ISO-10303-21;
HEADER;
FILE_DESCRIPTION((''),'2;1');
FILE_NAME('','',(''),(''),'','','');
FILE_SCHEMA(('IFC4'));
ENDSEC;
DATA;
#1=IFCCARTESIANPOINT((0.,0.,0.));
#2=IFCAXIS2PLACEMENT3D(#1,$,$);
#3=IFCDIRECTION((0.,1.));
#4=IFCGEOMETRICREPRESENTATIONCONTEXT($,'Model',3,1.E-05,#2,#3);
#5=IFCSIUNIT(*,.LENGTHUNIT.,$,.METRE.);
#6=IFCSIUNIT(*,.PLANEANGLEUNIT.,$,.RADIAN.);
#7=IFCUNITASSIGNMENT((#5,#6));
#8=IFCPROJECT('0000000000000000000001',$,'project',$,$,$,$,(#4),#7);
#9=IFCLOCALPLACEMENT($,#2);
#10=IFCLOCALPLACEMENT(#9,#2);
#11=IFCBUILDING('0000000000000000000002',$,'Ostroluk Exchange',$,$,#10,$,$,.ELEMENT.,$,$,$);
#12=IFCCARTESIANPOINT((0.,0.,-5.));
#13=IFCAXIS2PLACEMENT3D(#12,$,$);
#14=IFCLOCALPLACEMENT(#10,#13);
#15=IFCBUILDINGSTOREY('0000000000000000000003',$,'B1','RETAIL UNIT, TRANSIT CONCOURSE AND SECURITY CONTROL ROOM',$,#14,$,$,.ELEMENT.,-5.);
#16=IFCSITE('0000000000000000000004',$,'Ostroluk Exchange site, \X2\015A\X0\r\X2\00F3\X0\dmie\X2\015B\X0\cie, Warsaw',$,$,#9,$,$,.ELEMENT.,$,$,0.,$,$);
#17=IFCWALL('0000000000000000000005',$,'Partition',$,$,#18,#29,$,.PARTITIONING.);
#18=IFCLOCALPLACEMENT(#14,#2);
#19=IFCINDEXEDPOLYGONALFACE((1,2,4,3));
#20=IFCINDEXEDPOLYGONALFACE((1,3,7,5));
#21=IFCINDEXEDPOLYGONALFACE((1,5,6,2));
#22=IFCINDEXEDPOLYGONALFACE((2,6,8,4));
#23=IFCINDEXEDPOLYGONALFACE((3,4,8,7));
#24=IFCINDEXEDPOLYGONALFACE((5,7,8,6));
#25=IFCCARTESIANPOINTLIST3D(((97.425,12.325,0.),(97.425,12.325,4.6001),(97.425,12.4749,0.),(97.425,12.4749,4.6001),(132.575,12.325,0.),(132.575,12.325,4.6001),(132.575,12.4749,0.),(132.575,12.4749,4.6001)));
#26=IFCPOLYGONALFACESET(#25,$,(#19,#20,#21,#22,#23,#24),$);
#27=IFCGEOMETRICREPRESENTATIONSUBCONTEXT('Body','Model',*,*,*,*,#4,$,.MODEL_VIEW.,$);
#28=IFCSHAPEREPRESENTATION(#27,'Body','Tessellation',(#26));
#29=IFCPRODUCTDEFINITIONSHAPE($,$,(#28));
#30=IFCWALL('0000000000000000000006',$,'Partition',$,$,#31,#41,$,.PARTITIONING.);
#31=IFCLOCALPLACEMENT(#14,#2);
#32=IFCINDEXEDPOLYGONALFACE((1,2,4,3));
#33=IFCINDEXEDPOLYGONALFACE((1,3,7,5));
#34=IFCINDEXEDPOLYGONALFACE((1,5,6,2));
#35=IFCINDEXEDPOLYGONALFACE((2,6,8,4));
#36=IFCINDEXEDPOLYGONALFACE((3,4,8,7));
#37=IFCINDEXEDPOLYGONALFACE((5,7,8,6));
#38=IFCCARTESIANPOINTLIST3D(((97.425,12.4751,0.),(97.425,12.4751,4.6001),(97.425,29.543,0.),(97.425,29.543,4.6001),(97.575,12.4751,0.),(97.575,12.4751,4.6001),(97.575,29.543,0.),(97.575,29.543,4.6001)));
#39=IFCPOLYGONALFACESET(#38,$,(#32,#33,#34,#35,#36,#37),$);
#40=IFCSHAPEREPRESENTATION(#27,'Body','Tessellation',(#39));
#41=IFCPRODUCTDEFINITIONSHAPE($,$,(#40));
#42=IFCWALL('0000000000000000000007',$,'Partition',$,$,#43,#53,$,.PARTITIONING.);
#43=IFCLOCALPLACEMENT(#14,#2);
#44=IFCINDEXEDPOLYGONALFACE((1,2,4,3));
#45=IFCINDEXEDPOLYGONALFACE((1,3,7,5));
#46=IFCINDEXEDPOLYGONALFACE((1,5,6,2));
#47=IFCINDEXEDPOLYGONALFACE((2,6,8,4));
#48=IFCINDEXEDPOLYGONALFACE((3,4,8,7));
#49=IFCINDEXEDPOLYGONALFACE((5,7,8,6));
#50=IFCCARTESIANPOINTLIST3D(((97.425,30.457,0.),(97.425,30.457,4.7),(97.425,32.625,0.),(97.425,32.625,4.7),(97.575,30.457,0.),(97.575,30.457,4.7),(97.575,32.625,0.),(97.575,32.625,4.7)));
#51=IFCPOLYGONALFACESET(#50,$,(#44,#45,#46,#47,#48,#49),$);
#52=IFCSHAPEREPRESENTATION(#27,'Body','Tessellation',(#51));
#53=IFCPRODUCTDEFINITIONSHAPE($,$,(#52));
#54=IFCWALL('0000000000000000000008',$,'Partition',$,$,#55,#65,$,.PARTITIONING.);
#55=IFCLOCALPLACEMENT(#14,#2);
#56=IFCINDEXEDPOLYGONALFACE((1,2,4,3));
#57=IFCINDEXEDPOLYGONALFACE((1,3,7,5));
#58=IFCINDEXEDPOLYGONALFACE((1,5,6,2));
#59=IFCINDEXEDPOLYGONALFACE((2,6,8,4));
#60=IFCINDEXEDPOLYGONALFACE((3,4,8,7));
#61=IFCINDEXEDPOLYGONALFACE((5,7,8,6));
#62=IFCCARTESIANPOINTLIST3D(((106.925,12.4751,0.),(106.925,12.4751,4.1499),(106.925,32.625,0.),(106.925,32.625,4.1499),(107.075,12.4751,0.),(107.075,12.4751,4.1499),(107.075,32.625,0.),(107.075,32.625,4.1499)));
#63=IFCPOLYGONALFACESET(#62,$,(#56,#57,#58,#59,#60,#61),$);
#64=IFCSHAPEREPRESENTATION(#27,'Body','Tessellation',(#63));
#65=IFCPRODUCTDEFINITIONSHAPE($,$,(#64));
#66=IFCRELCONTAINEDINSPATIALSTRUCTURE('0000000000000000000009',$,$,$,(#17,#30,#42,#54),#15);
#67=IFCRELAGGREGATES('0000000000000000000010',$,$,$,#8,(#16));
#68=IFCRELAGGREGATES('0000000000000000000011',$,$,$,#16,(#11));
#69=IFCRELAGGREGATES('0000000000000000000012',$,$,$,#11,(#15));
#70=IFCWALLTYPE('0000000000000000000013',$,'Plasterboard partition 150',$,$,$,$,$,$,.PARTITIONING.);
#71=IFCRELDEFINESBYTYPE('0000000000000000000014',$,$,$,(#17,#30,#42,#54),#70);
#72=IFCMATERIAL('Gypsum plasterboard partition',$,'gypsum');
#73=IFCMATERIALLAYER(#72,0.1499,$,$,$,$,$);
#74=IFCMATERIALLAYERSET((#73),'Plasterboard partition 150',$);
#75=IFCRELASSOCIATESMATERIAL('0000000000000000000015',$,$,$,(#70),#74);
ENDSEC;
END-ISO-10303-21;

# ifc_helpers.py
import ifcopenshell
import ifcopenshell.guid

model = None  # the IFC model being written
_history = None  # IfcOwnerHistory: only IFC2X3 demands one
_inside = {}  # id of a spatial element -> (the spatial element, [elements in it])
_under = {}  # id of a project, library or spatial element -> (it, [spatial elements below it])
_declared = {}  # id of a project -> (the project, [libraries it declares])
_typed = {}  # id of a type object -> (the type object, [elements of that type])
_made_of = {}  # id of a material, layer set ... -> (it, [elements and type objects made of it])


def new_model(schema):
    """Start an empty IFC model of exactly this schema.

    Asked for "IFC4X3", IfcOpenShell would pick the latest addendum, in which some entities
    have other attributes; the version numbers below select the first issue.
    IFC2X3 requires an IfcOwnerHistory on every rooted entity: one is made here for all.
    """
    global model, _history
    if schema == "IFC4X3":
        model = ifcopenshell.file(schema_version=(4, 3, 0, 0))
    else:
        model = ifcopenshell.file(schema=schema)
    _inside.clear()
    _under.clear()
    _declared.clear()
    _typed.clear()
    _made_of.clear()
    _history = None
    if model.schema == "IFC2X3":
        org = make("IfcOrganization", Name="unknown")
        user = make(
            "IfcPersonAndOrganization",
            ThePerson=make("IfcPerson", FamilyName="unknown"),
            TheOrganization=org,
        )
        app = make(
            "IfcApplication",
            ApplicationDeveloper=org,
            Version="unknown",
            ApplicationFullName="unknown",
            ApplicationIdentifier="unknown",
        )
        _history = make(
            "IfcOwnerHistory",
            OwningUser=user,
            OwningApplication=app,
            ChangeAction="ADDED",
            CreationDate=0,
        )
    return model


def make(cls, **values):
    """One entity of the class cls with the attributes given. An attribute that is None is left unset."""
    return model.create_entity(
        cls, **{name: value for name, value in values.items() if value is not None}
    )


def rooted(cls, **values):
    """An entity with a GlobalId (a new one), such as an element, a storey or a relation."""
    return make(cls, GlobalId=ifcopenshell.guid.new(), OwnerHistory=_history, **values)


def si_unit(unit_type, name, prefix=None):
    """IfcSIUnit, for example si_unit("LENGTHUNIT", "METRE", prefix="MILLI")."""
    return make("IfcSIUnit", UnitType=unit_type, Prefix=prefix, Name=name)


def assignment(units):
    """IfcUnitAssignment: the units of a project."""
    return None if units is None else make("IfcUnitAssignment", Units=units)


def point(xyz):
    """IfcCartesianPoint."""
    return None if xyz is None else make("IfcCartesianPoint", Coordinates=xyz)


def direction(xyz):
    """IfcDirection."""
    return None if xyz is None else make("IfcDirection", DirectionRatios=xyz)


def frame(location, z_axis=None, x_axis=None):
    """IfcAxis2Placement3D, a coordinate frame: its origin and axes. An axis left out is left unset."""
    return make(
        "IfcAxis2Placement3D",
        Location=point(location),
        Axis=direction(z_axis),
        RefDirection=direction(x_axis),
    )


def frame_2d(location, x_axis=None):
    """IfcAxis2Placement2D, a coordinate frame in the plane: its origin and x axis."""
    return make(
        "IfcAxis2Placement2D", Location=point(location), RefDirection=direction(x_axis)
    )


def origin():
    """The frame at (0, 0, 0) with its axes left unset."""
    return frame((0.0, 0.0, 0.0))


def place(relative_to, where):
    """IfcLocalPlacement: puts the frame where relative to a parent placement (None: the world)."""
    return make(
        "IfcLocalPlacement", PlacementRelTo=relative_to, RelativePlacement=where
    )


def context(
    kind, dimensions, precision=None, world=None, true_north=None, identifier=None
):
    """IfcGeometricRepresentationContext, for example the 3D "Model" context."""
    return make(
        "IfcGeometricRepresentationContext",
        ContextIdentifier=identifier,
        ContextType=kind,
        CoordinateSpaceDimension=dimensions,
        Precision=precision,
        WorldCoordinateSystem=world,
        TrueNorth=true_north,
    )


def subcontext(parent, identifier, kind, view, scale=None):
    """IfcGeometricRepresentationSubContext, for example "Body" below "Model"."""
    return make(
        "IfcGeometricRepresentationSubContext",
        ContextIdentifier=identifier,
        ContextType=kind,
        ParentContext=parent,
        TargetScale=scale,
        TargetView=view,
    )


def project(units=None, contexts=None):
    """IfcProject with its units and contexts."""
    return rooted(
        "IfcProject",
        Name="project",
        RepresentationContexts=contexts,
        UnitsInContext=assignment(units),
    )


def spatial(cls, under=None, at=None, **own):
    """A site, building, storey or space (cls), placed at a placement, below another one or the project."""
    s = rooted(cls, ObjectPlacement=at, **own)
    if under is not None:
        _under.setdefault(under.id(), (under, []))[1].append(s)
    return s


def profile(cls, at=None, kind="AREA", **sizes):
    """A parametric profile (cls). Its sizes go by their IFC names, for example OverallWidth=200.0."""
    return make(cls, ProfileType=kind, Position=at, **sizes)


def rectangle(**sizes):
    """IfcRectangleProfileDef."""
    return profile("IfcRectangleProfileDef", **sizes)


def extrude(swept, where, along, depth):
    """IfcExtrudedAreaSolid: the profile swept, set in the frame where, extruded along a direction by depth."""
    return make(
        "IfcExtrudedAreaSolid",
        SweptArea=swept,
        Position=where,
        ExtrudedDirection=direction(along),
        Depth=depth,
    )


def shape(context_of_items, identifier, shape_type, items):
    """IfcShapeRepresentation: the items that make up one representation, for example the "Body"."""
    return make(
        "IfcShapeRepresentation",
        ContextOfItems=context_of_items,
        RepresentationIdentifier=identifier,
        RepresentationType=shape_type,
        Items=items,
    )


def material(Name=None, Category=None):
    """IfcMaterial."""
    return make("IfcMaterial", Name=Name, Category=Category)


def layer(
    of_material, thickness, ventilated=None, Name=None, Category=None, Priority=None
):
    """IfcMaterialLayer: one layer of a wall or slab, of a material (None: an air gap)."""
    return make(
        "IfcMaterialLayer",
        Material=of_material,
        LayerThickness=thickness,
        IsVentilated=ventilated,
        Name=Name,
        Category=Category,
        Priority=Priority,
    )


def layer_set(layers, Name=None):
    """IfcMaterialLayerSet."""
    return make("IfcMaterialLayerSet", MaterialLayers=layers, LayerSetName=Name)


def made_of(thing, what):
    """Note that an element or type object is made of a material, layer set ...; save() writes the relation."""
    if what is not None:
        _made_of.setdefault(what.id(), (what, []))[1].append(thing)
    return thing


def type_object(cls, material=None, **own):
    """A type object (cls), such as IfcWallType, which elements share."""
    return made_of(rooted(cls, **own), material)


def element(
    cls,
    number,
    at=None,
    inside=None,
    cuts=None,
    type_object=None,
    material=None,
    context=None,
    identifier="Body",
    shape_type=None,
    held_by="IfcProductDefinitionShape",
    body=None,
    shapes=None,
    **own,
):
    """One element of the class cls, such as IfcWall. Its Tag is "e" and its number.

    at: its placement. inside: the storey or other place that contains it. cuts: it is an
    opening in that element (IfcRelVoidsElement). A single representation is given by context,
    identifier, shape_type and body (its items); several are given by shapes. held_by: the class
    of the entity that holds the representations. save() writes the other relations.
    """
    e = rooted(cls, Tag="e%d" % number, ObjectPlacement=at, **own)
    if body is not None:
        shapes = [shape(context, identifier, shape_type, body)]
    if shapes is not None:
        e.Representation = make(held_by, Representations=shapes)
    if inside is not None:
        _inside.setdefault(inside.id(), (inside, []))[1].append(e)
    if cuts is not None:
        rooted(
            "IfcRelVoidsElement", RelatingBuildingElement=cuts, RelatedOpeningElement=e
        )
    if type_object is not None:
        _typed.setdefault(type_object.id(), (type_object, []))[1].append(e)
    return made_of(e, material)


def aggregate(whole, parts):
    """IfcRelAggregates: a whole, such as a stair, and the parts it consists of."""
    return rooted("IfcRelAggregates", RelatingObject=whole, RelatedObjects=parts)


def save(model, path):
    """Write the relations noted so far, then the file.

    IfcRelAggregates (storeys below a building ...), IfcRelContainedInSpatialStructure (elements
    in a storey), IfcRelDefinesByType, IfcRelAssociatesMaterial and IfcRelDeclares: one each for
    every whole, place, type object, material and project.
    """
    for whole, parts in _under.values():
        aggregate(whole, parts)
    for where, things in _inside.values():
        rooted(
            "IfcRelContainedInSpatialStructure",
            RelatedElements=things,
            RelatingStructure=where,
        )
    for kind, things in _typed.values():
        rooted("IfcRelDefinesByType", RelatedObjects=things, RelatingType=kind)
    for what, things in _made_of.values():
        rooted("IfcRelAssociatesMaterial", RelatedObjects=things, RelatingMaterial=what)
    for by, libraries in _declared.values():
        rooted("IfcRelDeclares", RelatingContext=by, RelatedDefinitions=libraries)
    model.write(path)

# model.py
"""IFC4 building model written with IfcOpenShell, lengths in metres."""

from ifc_helpers import new_model, si_unit, direction, frame, frame_2d, origin, place, context, subcontext, project, spatial, rectangle, extrude, material, layer, layer_set, type_object, element, save


model = new_model("IFC4")

# Units and contexts
model_context = context("Model", 3, precision=1e-05, world=origin(), true_north=direction((0.0, 1.0)))
body_context = subcontext(model_context, "Body", "Model", "MODEL_VIEW")
ifc_project = project(units=[si_unit("LENGTHUNIT", "METRE"), si_unit("PLANEANGLEUNIT", "RADIAN")], contexts=[model_context])

# Site, building, storey
site_placement = place(None, origin())
site = spatial("IfcSite", under=ifc_project, at=site_placement, Name="Ostroluk Exchange site, Śródmieście, Warsaw", CompositionType="ELEMENT", RefElevation=0.0)
building_placement = place(site_placement, origin())
building = spatial("IfcBuilding", under=site, at=building_placement, Name="Ostroluk Exchange", CompositionType="ELEMENT")
storey_placement = place(building_placement, frame((0.0, 0.0, -5.0)))
storey = spatial("IfcBuildingStorey", under=building, at=storey_placement, Name="B1", Description="RETAIL UNIT, TRANSIT CONCOURSE AND SECURITY CONTROL ROOM", CompositionType="ELEMENT", Elevation=-5.0)

# Shared definitions
ifc_material_1 = material(Name="Gypsum plasterboard partition", Category="gypsum")
ifc_layer_1 = layer(ifc_material_1, 0.1499)
ifc_layer_set_1 = layer_set([ifc_layer_1], Name="Plasterboard partition 150")
wall_type_1 = type_object("IfcWallType", Name="Plasterboard partition 150", PredefinedType="PARTITIONING", material=ifc_layer_set_1)

# Walls
wall_1_placement = place(storey_placement, frame((97.425, 12.3999, 0.0), z_axis=(0.0, 0.0, 1.0), x_axis=(1.0, 0.0, 0.0)))
element("IfcWall", 1, at=wall_1_placement, inside=storey, type_object=wall_type_1, Name="Partition", PredefinedType="PARTITIONING", context=body_context, shape_type="SweptSolid", body=[
    extrude(rectangle(XDim=35.1499, YDim=0.1499, at=frame_2d((17.575, 0.0))), origin(), (0.0, 0.0, 1.0), 4.6001),
])
wall_2_placement = place(storey_placement, frame((97.5, 12.4751, 0.0), z_axis=(0.0, 0.0, 1.0), x_axis=(0.0, 1.0, 0.0)))
element("IfcWall", 2, at=wall_2_placement, inside=storey, type_object=wall_type_1, Name="Partition", PredefinedType="PARTITIONING", context=body_context, shape_type="SweptSolid", body=[
    extrude(rectangle(XDim=17.0679, YDim=0.1499, at=frame_2d((8.5339, 0.0))), origin(), (0.0, 0.0, 1.0), 4.6001),
])
wall_3_placement = place(storey_placement, frame((97.5, 30.457, 0.0), z_axis=(0.0, 0.0, 1.0), x_axis=(0.0, 1.0, 0.0)))
element("IfcWall", 3, at=wall_3_placement, inside=storey, type_object=wall_type_1, Name="Partition", PredefinedType="PARTITIONING", context=body_context, shape_type="SweptSolid", body=[
    extrude(rectangle(XDim=2.168, YDim=0.1499, at=frame_2d((1.084, 0.0))), origin(), (0.0, 0.0, 1.0), 4.7),
])
wall_4_placement = place(storey_placement, frame((107.0, 12.4751, 0.0), z_axis=(0.0, 0.0, 1.0), x_axis=(0.0, 1.0, 0.0)))
element("IfcWall", 4, at=wall_4_placement, inside=storey, type_object=wall_type_1, Name="Partition", PredefinedType="PARTITIONING", context=body_context, shape_type="SweptSolid", body=[
    extrude(rectangle(XDim=20.1499, YDim=0.1499, at=frame_2d((10.075, 0.0))), origin(), (0.0, 0.0, 1.0), 4.1499),
])

save(model, "model.ifc")
